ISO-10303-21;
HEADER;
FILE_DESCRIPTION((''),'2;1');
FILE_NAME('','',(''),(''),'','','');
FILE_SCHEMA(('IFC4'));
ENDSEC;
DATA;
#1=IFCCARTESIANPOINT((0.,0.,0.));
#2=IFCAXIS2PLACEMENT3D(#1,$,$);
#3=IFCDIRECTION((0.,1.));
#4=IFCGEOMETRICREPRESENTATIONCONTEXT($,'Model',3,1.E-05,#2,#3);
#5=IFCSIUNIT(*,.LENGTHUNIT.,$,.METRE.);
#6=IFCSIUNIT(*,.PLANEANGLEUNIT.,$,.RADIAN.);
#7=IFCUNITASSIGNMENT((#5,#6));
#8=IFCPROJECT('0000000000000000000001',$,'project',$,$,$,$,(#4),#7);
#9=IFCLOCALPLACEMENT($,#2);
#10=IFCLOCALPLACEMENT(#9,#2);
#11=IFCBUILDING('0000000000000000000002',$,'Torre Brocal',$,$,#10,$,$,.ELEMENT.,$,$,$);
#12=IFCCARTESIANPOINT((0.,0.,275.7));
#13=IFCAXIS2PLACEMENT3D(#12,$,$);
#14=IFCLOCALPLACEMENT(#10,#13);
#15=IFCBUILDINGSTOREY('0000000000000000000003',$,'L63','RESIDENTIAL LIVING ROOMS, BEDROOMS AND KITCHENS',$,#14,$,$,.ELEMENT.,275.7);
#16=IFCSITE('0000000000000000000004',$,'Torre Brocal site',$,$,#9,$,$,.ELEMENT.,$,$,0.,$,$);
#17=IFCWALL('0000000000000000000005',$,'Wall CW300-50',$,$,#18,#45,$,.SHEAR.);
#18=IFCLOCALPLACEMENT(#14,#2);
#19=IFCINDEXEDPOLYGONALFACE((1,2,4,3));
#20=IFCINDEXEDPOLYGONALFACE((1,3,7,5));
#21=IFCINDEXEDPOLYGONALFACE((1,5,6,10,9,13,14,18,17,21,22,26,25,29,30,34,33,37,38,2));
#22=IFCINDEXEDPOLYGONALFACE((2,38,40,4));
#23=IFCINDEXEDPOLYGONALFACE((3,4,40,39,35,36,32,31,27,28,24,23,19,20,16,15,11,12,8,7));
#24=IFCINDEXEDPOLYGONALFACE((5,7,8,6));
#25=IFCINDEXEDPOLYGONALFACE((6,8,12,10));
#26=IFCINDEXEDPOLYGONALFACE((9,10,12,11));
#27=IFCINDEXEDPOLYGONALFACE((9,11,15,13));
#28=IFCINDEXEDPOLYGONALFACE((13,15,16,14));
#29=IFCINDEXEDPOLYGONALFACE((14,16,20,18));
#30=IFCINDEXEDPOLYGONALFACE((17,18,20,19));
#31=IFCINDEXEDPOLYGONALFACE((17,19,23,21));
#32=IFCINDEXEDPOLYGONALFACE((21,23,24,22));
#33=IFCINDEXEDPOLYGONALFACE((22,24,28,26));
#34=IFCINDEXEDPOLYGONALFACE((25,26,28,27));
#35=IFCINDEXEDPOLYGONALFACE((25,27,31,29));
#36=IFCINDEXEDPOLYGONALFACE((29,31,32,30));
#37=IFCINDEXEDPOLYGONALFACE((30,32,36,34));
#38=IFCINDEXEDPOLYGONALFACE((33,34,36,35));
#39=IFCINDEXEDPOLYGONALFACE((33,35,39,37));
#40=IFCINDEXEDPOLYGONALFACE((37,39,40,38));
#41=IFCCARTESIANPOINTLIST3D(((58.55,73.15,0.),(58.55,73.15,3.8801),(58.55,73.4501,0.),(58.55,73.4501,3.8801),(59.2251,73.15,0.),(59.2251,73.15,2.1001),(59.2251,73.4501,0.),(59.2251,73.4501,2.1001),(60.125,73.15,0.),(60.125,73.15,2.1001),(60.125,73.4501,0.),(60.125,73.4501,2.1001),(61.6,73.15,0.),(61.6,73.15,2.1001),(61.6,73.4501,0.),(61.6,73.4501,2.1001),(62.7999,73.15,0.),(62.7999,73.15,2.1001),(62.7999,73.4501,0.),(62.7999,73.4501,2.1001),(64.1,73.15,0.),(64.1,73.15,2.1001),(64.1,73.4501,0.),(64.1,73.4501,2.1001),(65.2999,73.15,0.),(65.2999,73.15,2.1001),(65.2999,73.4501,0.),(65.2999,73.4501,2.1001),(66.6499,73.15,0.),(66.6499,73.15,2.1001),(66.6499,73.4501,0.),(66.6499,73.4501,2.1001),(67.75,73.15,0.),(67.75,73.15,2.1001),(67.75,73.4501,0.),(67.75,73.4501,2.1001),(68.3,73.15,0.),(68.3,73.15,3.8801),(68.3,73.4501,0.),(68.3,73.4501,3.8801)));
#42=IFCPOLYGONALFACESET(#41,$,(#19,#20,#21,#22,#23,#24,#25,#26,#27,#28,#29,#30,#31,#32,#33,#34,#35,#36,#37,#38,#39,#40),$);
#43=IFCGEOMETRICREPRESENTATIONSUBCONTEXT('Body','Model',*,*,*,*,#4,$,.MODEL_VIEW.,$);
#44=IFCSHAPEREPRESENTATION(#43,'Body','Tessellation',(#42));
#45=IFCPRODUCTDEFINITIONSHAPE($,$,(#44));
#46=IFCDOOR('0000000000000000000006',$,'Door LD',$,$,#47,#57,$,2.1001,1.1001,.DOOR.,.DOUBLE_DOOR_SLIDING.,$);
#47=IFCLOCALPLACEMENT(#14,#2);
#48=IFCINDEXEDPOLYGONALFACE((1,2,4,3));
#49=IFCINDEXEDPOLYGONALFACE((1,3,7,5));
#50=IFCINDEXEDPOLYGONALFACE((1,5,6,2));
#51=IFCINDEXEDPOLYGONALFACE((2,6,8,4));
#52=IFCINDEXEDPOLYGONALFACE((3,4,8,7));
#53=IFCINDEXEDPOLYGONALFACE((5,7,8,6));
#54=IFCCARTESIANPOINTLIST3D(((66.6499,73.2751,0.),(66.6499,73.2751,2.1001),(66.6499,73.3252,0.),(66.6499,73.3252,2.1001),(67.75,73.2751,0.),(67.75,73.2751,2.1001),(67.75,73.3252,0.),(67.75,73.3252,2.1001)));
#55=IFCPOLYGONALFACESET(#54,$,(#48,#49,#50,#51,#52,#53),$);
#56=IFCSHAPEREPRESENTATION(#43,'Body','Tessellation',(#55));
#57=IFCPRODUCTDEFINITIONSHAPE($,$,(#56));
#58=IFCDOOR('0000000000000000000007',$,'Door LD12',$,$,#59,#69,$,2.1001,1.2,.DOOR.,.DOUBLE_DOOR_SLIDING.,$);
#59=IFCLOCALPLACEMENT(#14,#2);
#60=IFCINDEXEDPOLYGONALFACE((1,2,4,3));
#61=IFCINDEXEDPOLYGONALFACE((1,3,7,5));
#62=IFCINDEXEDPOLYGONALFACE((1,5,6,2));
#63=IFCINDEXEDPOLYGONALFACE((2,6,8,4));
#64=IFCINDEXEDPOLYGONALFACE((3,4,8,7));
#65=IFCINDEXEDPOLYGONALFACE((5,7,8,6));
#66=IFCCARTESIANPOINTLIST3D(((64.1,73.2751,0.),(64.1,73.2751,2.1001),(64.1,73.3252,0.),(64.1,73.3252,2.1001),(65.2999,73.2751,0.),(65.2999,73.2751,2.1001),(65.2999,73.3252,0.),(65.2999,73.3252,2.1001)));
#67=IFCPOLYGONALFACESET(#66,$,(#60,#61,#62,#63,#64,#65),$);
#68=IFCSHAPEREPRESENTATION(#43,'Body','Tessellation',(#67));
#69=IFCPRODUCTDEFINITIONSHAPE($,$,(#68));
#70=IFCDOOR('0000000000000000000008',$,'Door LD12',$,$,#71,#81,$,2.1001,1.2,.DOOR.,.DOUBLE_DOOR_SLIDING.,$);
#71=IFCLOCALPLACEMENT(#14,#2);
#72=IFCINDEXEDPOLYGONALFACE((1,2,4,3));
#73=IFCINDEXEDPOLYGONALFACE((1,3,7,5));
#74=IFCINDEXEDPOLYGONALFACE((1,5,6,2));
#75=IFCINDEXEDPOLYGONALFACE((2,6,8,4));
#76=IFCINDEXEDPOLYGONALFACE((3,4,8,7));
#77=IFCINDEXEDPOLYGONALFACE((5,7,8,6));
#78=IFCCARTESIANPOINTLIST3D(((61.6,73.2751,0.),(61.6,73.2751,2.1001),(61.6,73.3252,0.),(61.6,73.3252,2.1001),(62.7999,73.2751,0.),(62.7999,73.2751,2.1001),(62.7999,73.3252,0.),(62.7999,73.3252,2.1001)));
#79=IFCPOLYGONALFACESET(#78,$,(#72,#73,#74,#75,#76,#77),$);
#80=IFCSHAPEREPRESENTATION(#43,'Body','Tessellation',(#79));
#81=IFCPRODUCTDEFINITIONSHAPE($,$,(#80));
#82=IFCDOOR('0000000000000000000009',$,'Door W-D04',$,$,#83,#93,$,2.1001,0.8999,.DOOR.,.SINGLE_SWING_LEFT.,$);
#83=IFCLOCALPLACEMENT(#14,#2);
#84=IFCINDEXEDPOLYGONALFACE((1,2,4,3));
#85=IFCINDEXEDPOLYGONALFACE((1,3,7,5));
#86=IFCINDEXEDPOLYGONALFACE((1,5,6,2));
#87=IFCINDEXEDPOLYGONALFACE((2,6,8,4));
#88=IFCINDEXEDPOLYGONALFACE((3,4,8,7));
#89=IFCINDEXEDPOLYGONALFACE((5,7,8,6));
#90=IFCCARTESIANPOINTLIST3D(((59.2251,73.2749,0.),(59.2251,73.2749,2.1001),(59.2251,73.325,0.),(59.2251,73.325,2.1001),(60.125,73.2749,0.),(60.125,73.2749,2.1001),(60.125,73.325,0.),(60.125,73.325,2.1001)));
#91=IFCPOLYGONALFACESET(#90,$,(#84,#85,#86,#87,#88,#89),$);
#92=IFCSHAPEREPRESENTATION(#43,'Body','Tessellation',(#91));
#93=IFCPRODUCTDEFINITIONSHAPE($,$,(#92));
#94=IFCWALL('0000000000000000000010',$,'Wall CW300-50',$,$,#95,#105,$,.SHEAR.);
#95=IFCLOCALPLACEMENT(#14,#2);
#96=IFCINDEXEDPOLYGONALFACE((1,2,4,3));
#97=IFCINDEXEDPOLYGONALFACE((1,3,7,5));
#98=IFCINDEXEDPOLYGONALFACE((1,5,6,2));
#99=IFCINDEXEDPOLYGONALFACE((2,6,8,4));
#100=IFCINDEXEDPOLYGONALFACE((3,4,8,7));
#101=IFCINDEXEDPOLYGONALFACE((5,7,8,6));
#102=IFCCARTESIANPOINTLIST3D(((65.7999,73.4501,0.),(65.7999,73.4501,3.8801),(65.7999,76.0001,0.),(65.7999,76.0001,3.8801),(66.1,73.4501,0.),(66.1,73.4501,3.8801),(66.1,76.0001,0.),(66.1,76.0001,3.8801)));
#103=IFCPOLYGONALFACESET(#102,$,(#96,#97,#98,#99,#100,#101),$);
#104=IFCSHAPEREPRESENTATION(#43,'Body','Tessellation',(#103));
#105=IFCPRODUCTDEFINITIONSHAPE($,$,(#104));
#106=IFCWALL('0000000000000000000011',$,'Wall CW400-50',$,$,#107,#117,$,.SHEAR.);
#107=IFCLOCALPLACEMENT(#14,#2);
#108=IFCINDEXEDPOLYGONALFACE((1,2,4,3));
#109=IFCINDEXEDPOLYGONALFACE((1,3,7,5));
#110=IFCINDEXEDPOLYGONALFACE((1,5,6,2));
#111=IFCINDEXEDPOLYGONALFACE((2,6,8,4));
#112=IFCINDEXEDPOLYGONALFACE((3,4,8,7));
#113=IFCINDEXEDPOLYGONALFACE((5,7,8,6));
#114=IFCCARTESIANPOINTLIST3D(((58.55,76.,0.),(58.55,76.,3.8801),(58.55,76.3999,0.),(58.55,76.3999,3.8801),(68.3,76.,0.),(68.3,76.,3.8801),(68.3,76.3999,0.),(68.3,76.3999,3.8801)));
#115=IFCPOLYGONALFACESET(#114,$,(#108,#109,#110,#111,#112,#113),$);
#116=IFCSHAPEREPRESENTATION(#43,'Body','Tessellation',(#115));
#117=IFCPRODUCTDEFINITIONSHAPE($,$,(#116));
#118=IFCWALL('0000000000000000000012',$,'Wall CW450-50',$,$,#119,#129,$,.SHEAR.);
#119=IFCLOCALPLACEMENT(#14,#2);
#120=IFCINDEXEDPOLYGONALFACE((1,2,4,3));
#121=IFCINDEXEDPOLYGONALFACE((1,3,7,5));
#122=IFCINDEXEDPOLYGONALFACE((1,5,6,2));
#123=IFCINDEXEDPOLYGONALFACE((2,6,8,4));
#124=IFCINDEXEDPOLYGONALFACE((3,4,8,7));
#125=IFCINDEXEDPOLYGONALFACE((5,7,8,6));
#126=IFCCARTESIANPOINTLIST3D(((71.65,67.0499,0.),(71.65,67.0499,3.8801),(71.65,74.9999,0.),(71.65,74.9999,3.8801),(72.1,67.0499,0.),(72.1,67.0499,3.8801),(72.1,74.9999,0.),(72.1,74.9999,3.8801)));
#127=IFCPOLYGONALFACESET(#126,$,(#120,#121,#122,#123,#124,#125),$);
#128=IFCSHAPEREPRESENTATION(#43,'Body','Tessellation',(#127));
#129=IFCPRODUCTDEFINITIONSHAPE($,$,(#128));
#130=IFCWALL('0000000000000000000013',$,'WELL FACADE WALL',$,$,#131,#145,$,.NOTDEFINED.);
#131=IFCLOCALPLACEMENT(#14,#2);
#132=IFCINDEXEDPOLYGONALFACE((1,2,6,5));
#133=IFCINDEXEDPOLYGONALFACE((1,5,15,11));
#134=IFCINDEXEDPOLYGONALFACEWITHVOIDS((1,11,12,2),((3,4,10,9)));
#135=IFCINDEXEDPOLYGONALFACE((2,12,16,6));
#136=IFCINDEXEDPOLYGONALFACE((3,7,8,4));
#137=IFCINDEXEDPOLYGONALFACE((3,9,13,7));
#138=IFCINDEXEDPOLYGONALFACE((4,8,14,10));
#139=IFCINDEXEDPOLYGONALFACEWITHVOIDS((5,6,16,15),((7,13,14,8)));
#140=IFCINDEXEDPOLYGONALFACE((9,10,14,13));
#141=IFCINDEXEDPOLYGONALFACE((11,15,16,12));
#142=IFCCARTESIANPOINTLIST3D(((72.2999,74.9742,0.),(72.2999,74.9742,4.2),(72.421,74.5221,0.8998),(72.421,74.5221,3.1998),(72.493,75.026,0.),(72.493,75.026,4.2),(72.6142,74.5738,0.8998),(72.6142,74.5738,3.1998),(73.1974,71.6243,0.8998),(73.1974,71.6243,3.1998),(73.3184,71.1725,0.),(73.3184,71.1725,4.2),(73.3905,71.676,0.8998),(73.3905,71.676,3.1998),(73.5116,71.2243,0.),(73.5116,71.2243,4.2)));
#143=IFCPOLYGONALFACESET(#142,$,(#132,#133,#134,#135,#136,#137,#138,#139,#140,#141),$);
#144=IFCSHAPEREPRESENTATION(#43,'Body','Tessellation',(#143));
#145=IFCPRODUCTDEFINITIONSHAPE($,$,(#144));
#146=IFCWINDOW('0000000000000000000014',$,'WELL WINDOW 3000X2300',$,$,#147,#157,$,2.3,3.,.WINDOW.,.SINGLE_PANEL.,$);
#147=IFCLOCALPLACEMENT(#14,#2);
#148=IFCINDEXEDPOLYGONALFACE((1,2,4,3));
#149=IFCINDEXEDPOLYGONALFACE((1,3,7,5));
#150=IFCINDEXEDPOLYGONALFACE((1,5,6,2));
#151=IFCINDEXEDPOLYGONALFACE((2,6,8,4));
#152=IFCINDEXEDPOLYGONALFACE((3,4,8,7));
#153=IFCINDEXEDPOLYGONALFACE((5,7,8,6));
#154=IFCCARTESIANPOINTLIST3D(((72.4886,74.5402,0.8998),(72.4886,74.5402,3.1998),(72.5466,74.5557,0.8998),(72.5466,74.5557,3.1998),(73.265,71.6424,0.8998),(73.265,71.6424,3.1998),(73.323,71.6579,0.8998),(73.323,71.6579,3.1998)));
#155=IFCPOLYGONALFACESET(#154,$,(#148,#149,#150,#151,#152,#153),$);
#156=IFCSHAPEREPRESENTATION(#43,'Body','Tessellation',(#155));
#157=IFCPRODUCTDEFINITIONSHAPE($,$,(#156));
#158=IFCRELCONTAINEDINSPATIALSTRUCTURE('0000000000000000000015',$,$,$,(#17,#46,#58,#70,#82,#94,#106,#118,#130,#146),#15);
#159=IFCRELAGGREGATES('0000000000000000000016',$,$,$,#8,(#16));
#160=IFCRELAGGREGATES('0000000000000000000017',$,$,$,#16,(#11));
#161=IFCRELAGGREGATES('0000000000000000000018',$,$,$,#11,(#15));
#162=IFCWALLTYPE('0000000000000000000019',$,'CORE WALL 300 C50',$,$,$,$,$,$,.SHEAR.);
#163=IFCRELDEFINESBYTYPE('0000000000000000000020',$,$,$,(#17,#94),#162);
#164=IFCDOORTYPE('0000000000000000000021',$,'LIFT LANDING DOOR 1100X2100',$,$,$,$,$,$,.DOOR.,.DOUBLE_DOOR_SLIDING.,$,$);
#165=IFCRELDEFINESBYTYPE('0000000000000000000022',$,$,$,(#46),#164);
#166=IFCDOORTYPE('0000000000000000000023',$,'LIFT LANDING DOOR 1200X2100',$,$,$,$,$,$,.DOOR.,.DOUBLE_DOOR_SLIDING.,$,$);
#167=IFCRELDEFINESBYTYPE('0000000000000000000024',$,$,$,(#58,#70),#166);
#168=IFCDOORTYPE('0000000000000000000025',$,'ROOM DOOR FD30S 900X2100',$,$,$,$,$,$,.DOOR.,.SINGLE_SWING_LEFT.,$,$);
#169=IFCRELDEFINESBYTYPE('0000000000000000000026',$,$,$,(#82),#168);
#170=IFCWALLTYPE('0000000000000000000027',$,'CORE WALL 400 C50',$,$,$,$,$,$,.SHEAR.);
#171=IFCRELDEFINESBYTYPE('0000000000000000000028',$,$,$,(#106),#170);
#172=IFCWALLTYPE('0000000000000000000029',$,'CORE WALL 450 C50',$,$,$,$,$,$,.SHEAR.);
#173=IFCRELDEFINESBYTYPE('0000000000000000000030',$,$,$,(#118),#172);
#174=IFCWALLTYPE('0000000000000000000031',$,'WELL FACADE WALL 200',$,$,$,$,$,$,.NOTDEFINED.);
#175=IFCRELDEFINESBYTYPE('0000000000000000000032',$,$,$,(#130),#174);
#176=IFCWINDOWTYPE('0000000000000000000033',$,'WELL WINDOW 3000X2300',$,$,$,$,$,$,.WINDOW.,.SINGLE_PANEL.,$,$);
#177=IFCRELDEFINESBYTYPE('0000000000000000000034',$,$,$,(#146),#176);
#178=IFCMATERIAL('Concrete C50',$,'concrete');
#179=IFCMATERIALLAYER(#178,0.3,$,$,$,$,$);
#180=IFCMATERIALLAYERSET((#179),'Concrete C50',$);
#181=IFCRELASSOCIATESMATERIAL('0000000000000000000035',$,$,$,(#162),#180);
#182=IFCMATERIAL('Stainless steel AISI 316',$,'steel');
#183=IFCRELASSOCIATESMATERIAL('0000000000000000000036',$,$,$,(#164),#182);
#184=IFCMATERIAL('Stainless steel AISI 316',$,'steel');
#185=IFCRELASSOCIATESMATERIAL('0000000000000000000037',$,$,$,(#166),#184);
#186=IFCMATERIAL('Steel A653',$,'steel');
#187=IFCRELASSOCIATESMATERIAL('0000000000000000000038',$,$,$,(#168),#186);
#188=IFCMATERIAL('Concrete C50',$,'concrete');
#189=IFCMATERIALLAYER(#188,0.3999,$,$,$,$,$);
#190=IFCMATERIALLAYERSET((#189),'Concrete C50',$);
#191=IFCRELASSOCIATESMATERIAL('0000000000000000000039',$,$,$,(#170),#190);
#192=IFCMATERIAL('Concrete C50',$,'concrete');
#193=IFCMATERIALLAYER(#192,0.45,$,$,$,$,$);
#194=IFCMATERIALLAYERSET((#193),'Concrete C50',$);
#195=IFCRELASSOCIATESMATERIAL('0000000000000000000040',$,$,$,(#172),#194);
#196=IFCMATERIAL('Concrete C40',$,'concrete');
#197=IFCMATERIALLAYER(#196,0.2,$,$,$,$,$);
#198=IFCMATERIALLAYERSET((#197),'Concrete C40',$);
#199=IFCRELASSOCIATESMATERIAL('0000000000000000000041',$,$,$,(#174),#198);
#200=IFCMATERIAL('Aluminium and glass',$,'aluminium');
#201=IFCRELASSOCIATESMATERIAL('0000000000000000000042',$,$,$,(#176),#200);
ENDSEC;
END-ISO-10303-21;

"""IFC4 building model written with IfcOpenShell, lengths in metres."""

from ifc_helpers import new_model, si_unit, direction, frame, frame_2d, origin, place, context, subcontext, project, spatial, rectangle, extrude, material, layer, layer_set, type_object, element, fill, save


model = new_model("IFC4")

# Units and contexts
model_context = context("Model", 3, precision=1e-05, world=origin(), true_north=direction((0.0, 1.0)))
body_context = subcontext(model_context, "Body", "Model", "MODEL_VIEW")
ifc_project = project(units=[si_unit("LENGTHUNIT", "METRE"), si_unit("PLANEANGLEUNIT", "RADIAN")], contexts=[model_context])

# Site, building, storey
site_placement = place(None, origin())
site = spatial("IfcSite", under=ifc_project, at=site_placement, Name="Torre Brocal site", CompositionType="ELEMENT", RefElevation=0.0)
building_placement = place(site_placement, origin())
building = spatial("IfcBuilding", under=site, at=building_placement, Name="Torre Brocal", CompositionType="ELEMENT")
storey_placement = place(building_placement, frame((0.0, 0.0, 275.7)))
storey = spatial("IfcBuildingStorey", under=building, at=storey_placement, Name="L63", Description="RESIDENTIAL LIVING ROOMS, BEDROOMS AND KITCHENS", CompositionType="ELEMENT", Elevation=275.7)

# Shared definitions
ifc_material_1 = material(Name="Concrete C50", Category="concrete")
ifc_layer_1 = layer(ifc_material_1, 0.3)
ifc_layer_set_1 = layer_set([ifc_layer_1], Name="Concrete C50")
wall_type_1 = type_object("IfcWallType", Name="CORE WALL 300 C50", PredefinedType="SHEAR", material=ifc_layer_set_1)

# Wall, openings, doors
wall_1_placement = place(storey_placement, frame((68.3, 73.3, 0.0), z_axis=(0.0, 0.0, 1.0), x_axis=(-1.0, 0.0, 0.0)))
wall_1 = element("IfcWall", 1, at=wall_1_placement, inside=storey, type_object=wall_type_1, Name="Wall CW300-50", PredefinedType="SHEAR", context=body_context, shape_type="SweptSolid", body=[
    extrude(rectangle(XDim=9.75, YDim=0.3, at=frame_2d((4.875, 0.0))), origin(), (0.0, 0.0, 1.0), 3.8801),
])
opening_1_placement = place(wall_1_placement, frame((0.55, 0.0, 0.0)))
opening_1 = element("IfcOpeningElement", 2, at=opening_1_placement, cuts=wall_1, PredefinedType="OPENING", context=body_context, shape_type="SweptSolid", body=[
    extrude(rectangle(XDim=1.1001, YDim=2.1001, at=frame_2d((0.55, 1.05))), frame((0.0, 0.1599, 0.0), z_axis=(0.0, -1.0, 0.0), x_axis=(1.0, 0.0, 0.0)), (0.0, 0.0, 1.0), 0.3201),
])
opening_2_placement = place(wall_1_placement, frame((3.0, 0.0, 0.0)))
opening_2 = element("IfcOpeningElement", 3, at=opening_2_placement, cuts=wall_1, PredefinedType="OPENING", context=body_context, shape_type="SweptSolid", body=[
    extrude(rectangle(XDim=1.2, YDim=2.1001, at=frame_2d((0.6001, 1.05))), frame((0.0, 0.1599, 0.0), z_axis=(0.0, -1.0, 0.0), x_axis=(1.0, 0.0, 0.0)), (0.0, 0.0, 1.0), 0.3201),
])
opening_3_placement = place(wall_1_placement, frame((5.5, 0.0, 0.0)))
opening_3 = element("IfcOpeningElement", 4, at=opening_3_placement, cuts=wall_1, PredefinedType="OPENING", context=body_context, shape_type="SweptSolid", body=[
    extrude(rectangle(XDim=1.2, YDim=2.1001, at=frame_2d((0.6001, 1.05))), frame((0.0, 0.1599, 0.0), z_axis=(0.0, -1.0, 0.0), x_axis=(1.0, 0.0, 0.0)), (0.0, 0.0, 1.0), 0.3201),
])
opening_4_placement = place(wall_1_placement, frame((8.175, 0.0, 0.0)))
opening_4 = element("IfcOpeningElement", 5, at=opening_4_placement, cuts=wall_1, PredefinedType="OPENING", context=body_context, shape_type="SweptSolid", body=[
    extrude(rectangle(XDim=0.8999, YDim=2.1001, at=frame_2d((0.45, 1.05))), frame((0.0, 0.1599, 0.0), z_axis=(0.0, -1.0, 0.0), x_axis=(1.0, 0.0, 0.0)), (0.0, 0.0, 1.0), 0.3201),
])
ifc_material_2 = material(Name="Stainless steel AISI 316", Category="steel")
door_type_1 = type_object("IfcDoorType", Name="LIFT LANDING DOOR 1100X2100", OperationType="DOUBLE_DOOR_SLIDING", PredefinedType="DOOR", material=ifc_material_2)
door_1_placement = place(opening_1_placement, origin())
door_1 = element("IfcDoor", 6, at=door_1_placement, inside=storey, type_object=door_type_1, Name="Door LD", OperationType="DOUBLE_DOOR_SLIDING", OverallHeight=2.1001, OverallWidth=1.1001, PredefinedType="DOOR", context=body_context, shape_type="SweptSolid", body=[
    extrude(rectangle(XDim=1.1001, YDim=2.1001, at=frame_2d((0.55, 1.05))), frame((0.0, 0.0249, 0.0), z_axis=(0.0, -1.0, 0.0), x_axis=(1.0, 0.0, 0.0)), (0.0, 0.0, 1.0), 0.05),
])
fill(opening_1, door_1)
ifc_material_3 = material(Name="Stainless steel AISI 316", Category="steel")
door_type_2 = type_object("IfcDoorType", Name="LIFT LANDING DOOR 1200X2100", OperationType="DOUBLE_DOOR_SLIDING", PredefinedType="DOOR", material=ifc_material_3)
door_2_placement = place(opening_2_placement, origin())
door_2 = element("IfcDoor", 7, at=door_2_placement, inside=storey, type_object=door_type_2, Name="Door LD12", OperationType="DOUBLE_DOOR_SLIDING", OverallHeight=2.1001, OverallWidth=1.2, PredefinedType="DOOR", context=body_context, shape_type="SweptSolid", body=[
    extrude(rectangle(XDim=1.2, YDim=2.1001, at=frame_2d((0.6001, 1.05))), frame((0.0, 0.0249, 0.0), z_axis=(0.0, -1.0, 0.0), x_axis=(1.0, 0.0, 0.0)), (0.0, 0.0, 1.0), 0.05),
])
fill(opening_2, door_2)
door_3_placement = place(opening_3_placement, origin())
door_3 = element("IfcDoor", 8, at=door_3_placement, inside=storey, type_object=door_type_2, Name="Door LD12", OperationType="DOUBLE_DOOR_SLIDING", OverallHeight=2.1001, OverallWidth=1.2, PredefinedType="DOOR", context=body_context, shape_type="SweptSolid", body=[
    extrude(rectangle(XDim=1.2, YDim=2.1001, at=frame_2d((0.6001, 1.05))), frame((0.0, 0.0249, 0.0), z_axis=(0.0, -1.0, 0.0), x_axis=(1.0, 0.0, 0.0)), (0.0, 0.0, 1.0), 0.05),
])
fill(opening_3, door_3)
ifc_material_4 = material(Name="Steel A653", Category="steel")
door_type_3 = type_object("IfcDoorType", Name="ROOM DOOR FD30S 900X2100", OperationType="SINGLE_SWING_LEFT", PredefinedType="DOOR", material=ifc_material_4)
door_4_placement = place(opening_4_placement, frame((0.8999, 0.0, 0.0), z_axis=(0.0, 0.0, 1.0), x_axis=(-1.0, 0.0, 0.0)))
door_4 = element("IfcDoor", 9, at=door_4_placement, inside=storey, type_object=door_type_3, Name="Door W-D04", OperationType="SINGLE_SWING_LEFT", OverallHeight=2.1001, OverallWidth=0.8999, PredefinedType="DOOR", context=body_context, shape_type="SweptSolid", body=[
    extrude(rectangle(XDim=0.8999, YDim=2.1001, at=frame_2d((0.45, 1.05))), frame((0.0, 0.0249, 0.0), z_axis=(0.0, -1.0, 0.0), x_axis=(1.0, 0.0, 0.0)), (0.0, 0.0, 1.0), 0.05),
])
fill(opening_4, door_4)

# Walls
wall_2_placement = place(storey_placement, frame((65.95, 76.0, 0.0), z_axis=(0.0, 0.0, 1.0), x_axis=(0.0, -1.0, 0.0)))
element("IfcWall", 10, at=wall_2_placement, inside=storey, type_object=wall_type_1, Name="Wall CW300-50", PredefinedType="SHEAR", context=body_context, shape_type="SweptSolid", body=[
    extrude(rectangle(XDim=2.55, YDim=0.3, at=frame_2d((1.2749, 0.0))), origin(), (0.0, 0.0, 1.0), 3.8801),
])
ifc_material_5 = material(Name="Concrete C50", Category="concrete")
ifc_layer_2 = layer(ifc_material_5, 0.3999)
ifc_layer_set_2 = layer_set([ifc_layer_2], Name="Concrete C50")
wall_type_2 = type_object("IfcWallType", Name="CORE WALL 400 C50", PredefinedType="SHEAR", material=ifc_layer_set_2)
wall_3_placement = place(storey_placement, frame((68.3, 76.2, 0.0), z_axis=(0.0, 0.0, 1.0), x_axis=(-1.0, 0.0, 0.0)))
element("IfcWall", 11, at=wall_3_placement, inside=storey, type_object=wall_type_2, Name="Wall CW400-50", PredefinedType="SHEAR", context=body_context, shape_type="SweptSolid", body=[
    extrude(rectangle(XDim=9.75, YDim=0.3999, at=frame_2d((4.875, 0.0))), origin(), (0.0, 0.0, 1.0), 3.8801),
])
ifc_material_6 = material(Name="Concrete C50", Category="concrete")
ifc_layer_3 = layer(ifc_material_6, 0.45)
ifc_layer_set_3 = layer_set([ifc_layer_3], Name="Concrete C50")
wall_type_3 = type_object("IfcWallType", Name="CORE WALL 450 C50", PredefinedType="SHEAR", material=ifc_layer_set_3)
wall_4_placement = place(storey_placement, frame((71.875, 75.0, 0.0), z_axis=(0.0, 0.0, 1.0), x_axis=(0.0, -1.0, 0.0)))
element("IfcWall", 12, at=wall_4_placement, inside=storey, type_object=wall_type_3, Name="Wall CW450-50", PredefinedType="SHEAR", context=body_context, shape_type="SweptSolid", body=[
    extrude(rectangle(XDim=7.95, YDim=0.45, at=frame_2d((3.9751, 0.0))), origin(), (0.0, 0.0, 1.0), 3.8801),
])

# Wall, opening, window
ifc_material_7 = material(Name="Concrete C40", Category="concrete")
ifc_layer_4 = layer(ifc_material_7, 0.2)
ifc_layer_set_4 = layer_set([ifc_layer_4], Name="Concrete C40")
wall_type_4 = type_object("IfcWallType", Name="WELL FACADE WALL 200", PredefinedType="NOTDEFINED", material=ifc_layer_set_4)
wall_5_placement = place(storey_placement, frame((72.3965, 75.0, 0.0), z_axis=(0.0, 0.0, 1.0), x_axis=(0.25879, -0.965934, 0.0)))
wall_5 = element("IfcWall", 13, at=wall_5_placement, inside=storey, type_object=wall_type_4, Name="WELL FACADE WALL", PredefinedType="NOTDEFINED", context=body_context, shape_type="SweptSolid", body=[
    extrude(rectangle(XDim=3.9358, YDim=0.2, at=frame_2d((1.9678, 0.0))), origin(), (0.0, 0.0, 1.0), 4.2),
])
opening_5_placement = place(wall_5_placement, frame((0.468, 0.0, 0.8999)))
opening_5 = element("IfcOpeningElement", 14, at=opening_5_placement, cuts=wall_5, PredefinedType="OPENING", context=body_context, shape_type="SweptSolid", body=[
    extrude(rectangle(XDim=3.0, YDim=2.3, at=frame_2d((1.5, 1.1499))), frame((0.0, 0.1099, 0.0), z_axis=(0.0, -1.0, 0.0), x_axis=(1.0, 0.0, 0.0)), (0.0, 0.0, 1.0), 0.22),
])
ifc_material_8 = material(Name="Aluminium and glass", Category="aluminium")
window_type = type_object("IfcWindowType", Name="WELL WINDOW 3000X2300", PartitioningType="SINGLE_PANEL", PredefinedType="WINDOW", material=ifc_material_8)
window_1_placement = place(opening_5_placement, origin())
window_1 = element("IfcWindow", 15, at=window_1_placement, inside=storey, type_object=window_type, Name="WELL WINDOW 3000X2300", OverallHeight=2.3, OverallWidth=3.0, PartitioningType="SINGLE_PANEL", PredefinedType="WINDOW", context=body_context, shape_type="SweptSolid", body=[
    extrude(rectangle(XDim=3.0, YDim=2.3, at=frame_2d((1.5, 1.1499))), frame((0.0, 0.03, 0.0), z_axis=(0.0, -1.0, 0.0), x_axis=(1.0, 0.0, 0.0)), (0.0, 0.0, 1.0), 0.0601),
])
fill(opening_5, window_1)

save(model, "model.ifc")
